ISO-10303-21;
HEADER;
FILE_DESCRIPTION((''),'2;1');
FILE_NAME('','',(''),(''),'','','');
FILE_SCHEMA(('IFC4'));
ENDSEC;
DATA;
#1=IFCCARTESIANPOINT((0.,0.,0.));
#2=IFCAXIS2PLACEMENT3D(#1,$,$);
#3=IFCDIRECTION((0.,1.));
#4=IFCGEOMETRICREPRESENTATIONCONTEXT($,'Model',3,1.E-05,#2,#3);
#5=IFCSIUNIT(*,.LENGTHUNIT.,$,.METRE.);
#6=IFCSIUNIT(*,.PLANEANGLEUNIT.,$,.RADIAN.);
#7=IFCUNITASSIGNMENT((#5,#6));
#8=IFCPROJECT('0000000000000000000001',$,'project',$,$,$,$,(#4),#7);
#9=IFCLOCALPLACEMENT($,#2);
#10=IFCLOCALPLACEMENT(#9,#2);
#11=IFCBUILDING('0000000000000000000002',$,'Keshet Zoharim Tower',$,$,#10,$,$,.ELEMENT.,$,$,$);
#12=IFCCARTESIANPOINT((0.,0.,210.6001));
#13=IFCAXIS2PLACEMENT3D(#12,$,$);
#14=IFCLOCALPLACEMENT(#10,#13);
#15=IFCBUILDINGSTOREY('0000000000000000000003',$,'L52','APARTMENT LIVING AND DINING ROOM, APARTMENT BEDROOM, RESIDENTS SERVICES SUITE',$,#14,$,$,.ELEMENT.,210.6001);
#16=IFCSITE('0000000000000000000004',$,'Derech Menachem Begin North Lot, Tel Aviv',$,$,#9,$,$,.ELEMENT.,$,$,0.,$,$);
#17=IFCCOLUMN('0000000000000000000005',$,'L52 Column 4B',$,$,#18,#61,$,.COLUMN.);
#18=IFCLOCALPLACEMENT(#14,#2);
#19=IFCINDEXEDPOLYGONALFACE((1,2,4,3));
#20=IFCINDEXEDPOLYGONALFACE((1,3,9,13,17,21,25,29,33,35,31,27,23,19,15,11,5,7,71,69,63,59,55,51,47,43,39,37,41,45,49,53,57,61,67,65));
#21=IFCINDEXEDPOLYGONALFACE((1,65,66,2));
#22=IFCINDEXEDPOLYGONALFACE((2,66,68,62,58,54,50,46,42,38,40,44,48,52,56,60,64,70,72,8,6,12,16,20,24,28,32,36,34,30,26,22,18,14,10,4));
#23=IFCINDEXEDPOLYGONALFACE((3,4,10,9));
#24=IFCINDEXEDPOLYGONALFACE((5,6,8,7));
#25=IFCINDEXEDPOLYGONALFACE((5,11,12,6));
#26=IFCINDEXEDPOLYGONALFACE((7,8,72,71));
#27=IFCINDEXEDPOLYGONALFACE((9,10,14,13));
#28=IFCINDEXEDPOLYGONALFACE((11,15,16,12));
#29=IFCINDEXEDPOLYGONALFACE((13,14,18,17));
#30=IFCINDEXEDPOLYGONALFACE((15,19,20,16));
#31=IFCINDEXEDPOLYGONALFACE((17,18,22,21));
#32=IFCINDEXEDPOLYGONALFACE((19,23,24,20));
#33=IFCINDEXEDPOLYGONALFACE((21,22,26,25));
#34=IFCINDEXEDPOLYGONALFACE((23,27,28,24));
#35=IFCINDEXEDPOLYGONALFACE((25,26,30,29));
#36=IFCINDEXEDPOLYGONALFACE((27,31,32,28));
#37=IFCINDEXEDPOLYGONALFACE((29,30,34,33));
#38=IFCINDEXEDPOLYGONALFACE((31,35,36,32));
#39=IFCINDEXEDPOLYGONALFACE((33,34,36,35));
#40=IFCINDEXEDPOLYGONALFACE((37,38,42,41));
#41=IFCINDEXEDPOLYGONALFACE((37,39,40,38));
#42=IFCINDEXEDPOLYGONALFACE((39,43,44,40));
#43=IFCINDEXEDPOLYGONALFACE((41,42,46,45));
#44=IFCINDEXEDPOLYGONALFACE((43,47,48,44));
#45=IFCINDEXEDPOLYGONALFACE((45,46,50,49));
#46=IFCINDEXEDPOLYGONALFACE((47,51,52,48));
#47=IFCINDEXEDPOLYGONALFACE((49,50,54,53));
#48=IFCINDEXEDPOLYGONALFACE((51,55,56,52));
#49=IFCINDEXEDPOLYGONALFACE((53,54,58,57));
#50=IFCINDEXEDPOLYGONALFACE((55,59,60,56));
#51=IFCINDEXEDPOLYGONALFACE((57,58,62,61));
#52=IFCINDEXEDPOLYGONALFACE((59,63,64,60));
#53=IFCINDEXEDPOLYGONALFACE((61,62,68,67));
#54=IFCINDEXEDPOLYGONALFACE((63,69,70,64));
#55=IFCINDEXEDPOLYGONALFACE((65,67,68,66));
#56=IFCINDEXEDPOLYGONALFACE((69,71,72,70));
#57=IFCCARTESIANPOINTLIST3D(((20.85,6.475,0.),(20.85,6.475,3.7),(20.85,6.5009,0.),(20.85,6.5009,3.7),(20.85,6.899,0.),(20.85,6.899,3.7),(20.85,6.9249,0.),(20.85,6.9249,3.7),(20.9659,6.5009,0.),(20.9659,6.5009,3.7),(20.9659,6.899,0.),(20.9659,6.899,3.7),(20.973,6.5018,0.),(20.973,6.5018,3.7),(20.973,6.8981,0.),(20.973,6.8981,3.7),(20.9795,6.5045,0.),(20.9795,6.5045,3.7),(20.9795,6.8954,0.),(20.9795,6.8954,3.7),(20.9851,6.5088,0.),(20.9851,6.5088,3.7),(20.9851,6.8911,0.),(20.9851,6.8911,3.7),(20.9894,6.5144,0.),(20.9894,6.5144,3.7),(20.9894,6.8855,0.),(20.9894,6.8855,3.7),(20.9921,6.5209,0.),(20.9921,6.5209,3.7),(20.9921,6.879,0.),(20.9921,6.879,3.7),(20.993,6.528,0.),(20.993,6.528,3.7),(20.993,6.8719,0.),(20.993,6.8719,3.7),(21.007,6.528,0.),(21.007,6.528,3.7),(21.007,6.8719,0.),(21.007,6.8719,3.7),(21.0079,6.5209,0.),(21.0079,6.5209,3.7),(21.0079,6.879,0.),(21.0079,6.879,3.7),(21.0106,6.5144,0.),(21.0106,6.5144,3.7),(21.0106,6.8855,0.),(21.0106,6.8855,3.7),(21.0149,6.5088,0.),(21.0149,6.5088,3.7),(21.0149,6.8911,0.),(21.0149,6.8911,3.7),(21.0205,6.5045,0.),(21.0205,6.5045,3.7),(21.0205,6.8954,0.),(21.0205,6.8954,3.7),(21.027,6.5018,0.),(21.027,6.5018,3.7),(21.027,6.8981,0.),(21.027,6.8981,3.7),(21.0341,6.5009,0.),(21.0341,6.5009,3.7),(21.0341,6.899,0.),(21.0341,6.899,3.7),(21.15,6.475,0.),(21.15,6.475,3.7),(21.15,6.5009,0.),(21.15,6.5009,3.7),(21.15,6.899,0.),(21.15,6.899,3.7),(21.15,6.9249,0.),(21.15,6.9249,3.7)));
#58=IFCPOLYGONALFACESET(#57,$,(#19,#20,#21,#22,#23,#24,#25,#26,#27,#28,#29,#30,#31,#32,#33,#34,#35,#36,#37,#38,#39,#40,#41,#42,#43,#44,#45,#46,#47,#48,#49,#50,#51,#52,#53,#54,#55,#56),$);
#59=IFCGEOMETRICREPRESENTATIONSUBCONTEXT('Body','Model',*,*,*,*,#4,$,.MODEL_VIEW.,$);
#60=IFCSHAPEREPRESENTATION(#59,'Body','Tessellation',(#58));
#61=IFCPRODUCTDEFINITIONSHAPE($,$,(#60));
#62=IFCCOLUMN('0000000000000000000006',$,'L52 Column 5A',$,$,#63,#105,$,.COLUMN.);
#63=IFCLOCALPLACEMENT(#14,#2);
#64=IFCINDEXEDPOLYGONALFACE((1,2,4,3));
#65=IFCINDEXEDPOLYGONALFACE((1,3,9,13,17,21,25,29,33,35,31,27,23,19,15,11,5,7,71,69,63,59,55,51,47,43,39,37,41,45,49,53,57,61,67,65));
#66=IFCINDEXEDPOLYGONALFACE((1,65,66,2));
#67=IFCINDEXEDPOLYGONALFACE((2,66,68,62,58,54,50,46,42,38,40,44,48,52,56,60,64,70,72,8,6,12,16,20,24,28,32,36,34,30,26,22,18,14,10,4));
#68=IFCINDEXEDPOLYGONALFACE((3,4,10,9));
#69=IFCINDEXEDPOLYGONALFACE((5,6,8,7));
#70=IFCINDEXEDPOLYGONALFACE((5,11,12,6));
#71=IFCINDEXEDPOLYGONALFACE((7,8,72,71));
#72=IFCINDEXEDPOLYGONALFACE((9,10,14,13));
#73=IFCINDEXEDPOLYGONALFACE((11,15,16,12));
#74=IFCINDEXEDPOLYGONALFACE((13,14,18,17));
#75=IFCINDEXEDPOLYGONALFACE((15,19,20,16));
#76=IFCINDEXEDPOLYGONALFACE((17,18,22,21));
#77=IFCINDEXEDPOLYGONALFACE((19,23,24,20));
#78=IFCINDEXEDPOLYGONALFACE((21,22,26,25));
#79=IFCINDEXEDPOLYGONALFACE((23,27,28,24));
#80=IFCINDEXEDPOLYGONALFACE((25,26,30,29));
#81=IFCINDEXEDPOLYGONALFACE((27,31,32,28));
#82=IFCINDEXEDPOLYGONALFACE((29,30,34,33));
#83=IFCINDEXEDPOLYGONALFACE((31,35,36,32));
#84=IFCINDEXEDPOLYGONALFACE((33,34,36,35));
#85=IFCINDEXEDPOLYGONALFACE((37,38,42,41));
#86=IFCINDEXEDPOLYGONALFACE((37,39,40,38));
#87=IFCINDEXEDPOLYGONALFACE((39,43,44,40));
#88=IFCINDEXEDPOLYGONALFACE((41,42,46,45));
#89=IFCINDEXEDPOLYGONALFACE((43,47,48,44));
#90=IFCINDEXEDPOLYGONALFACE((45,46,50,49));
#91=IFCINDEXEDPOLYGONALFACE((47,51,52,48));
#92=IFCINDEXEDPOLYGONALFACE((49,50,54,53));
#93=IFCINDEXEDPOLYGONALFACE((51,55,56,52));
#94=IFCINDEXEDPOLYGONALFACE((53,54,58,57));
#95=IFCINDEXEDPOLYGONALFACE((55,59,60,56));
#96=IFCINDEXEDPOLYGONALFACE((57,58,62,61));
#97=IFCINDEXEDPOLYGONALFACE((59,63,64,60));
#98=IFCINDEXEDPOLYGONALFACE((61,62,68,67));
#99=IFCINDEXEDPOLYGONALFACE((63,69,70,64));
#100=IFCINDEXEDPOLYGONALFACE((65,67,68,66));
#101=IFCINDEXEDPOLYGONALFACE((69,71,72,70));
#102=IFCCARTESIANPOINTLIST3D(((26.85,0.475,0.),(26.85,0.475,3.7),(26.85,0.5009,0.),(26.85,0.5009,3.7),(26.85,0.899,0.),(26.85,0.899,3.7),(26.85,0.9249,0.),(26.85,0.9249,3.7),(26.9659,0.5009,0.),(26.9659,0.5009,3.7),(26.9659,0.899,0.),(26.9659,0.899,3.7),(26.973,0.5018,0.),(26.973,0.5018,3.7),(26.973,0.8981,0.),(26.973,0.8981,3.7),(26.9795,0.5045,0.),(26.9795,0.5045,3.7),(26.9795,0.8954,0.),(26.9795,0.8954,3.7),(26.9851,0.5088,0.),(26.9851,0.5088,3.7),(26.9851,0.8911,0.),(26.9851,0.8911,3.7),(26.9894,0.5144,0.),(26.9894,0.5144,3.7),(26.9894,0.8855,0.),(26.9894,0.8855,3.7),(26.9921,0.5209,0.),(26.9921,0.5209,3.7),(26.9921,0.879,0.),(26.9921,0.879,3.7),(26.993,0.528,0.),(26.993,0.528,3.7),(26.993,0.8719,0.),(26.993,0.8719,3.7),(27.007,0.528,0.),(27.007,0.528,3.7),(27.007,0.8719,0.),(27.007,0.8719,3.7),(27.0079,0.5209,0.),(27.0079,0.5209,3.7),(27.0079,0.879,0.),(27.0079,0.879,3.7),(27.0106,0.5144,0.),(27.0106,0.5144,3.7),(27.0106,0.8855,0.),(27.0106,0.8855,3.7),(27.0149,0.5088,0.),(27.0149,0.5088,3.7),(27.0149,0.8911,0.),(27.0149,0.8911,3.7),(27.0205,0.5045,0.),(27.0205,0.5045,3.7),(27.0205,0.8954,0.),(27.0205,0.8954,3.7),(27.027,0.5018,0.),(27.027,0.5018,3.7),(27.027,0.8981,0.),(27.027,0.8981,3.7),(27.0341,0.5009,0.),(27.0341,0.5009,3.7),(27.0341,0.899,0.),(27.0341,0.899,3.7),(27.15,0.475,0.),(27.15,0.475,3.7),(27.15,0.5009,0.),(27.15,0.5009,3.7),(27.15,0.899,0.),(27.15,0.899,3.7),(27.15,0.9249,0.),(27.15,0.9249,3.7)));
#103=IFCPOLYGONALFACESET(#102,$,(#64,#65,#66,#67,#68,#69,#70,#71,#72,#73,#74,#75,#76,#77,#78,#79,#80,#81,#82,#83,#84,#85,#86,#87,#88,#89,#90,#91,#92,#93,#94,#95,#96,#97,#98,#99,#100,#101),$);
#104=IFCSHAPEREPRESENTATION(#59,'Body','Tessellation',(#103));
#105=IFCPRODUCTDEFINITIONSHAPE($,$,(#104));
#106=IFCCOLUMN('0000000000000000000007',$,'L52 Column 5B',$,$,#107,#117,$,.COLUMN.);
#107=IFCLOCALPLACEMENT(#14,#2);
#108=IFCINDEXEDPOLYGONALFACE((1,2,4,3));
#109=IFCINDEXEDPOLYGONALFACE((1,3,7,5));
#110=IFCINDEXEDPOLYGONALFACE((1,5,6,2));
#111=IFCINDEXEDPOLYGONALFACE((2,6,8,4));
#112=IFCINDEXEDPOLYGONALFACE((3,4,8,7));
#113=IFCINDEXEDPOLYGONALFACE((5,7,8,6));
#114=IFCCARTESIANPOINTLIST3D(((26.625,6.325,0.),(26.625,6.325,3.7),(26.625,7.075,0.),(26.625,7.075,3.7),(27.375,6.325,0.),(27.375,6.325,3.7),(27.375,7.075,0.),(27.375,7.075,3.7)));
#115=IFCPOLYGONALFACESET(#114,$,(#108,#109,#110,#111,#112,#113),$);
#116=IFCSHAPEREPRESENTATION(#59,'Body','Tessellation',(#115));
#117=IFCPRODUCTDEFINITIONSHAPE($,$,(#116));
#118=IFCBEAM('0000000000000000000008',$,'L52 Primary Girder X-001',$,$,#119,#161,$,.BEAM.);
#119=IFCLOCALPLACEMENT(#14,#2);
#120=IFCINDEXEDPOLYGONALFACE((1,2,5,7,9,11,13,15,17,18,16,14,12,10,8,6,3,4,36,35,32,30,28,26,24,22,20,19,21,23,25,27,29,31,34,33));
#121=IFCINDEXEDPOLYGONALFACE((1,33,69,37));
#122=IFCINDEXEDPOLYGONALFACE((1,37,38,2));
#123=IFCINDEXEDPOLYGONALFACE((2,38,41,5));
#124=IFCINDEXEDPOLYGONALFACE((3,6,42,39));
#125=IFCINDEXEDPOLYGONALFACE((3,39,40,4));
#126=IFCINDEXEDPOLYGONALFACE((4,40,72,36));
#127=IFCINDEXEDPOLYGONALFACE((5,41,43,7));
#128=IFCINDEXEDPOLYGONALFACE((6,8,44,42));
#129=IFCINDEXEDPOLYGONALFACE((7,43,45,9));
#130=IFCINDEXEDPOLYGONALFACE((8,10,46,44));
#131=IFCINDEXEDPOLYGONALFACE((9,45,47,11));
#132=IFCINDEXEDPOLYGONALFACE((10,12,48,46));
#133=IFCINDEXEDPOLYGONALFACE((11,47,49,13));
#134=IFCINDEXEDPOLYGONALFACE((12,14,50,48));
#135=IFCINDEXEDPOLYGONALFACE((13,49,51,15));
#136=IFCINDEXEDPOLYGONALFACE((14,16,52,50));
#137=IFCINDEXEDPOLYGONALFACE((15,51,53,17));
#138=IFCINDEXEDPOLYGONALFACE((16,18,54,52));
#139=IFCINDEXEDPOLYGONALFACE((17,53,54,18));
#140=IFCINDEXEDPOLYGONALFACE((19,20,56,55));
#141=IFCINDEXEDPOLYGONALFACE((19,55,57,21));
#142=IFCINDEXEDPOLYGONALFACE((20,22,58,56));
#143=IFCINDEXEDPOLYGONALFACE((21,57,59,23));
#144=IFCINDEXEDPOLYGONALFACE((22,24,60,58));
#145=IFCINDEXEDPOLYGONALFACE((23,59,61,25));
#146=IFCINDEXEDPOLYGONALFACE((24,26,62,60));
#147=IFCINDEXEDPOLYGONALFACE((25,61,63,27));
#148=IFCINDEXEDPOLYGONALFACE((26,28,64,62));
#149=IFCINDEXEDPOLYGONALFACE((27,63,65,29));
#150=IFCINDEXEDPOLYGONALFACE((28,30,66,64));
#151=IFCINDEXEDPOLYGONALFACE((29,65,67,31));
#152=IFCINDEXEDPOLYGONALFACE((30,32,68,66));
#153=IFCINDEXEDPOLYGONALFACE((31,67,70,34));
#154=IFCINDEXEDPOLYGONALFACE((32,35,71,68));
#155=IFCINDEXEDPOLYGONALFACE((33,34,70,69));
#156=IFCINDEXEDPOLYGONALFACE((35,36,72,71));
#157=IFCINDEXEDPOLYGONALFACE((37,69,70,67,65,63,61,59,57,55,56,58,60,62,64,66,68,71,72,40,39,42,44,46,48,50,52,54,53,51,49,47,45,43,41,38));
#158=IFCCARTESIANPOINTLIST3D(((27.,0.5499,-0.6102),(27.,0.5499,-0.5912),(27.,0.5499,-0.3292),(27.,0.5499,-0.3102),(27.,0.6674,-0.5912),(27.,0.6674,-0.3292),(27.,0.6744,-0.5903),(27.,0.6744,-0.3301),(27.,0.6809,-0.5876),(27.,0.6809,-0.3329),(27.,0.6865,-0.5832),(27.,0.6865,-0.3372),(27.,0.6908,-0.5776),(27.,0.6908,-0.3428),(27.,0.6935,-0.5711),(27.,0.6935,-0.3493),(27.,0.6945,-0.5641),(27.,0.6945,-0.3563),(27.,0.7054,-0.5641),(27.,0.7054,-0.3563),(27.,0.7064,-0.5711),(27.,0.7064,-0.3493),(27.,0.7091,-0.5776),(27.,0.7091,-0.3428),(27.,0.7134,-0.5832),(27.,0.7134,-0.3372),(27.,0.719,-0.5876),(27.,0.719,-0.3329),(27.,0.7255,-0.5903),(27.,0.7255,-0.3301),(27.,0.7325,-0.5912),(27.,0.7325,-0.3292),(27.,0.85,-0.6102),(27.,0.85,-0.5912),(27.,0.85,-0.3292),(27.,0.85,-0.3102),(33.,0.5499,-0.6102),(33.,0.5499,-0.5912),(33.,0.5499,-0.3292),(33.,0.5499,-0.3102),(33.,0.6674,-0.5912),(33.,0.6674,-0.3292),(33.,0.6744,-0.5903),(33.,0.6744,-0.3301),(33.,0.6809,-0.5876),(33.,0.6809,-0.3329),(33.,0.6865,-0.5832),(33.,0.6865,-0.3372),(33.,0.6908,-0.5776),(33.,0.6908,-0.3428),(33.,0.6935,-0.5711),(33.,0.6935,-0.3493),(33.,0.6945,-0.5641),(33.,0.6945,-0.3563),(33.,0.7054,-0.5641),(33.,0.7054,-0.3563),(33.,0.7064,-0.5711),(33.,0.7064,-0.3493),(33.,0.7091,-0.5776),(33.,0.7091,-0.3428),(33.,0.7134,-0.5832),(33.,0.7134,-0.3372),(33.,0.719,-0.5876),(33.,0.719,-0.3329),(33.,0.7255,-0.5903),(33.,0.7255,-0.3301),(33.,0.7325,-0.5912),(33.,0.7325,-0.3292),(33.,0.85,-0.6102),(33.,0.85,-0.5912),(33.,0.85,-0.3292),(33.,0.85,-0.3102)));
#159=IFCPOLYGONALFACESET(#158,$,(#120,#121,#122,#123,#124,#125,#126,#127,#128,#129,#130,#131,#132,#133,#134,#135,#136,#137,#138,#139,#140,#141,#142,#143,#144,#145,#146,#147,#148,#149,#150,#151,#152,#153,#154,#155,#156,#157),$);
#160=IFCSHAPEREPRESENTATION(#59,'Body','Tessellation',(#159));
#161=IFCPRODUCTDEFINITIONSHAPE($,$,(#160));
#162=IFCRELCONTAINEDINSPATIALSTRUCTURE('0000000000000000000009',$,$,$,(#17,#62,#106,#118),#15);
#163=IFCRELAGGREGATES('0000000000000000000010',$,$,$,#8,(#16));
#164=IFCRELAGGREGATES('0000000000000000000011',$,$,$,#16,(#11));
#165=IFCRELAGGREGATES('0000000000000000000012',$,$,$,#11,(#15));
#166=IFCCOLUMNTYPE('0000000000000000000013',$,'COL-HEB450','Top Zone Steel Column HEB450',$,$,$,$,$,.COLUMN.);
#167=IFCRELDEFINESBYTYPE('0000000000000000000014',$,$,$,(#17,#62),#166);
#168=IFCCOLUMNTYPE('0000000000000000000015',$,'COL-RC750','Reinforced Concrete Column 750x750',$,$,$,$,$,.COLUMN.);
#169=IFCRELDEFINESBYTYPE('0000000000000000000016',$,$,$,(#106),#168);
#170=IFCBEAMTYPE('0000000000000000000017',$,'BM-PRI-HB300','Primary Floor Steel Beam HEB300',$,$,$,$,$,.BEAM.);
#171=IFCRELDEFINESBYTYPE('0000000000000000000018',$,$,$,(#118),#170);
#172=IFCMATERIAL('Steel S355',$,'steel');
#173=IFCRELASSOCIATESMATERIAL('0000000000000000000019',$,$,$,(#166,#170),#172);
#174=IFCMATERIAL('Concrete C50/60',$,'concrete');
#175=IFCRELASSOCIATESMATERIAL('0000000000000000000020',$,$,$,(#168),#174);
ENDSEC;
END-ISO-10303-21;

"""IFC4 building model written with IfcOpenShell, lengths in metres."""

from ifc_helpers import new_model, si_unit, direction, frame, origin, origin_2d, place, context, subcontext, project, spatial, rectangle, i_section, extrude, material, material_profile, profile_set, type_object, element, save


model = new_model("IFC4")

# Units and contexts
model_context = context("Model", 3, precision=1e-05, world=origin(), true_north=direction((0.0, 1.0)))
body_context = subcontext(model_context, "Body", "Model", "MODEL_VIEW")
ifc_project = project(units=[si_unit("LENGTHUNIT", "METRE"), si_unit("PLANEANGLEUNIT", "RADIAN")], contexts=[model_context])

# Site, building, storey
site_placement = place(None, origin())
site = spatial("IfcSite", under=ifc_project, at=site_placement, Name="Derech Menachem Begin North Lot, Tel Aviv", CompositionType="ELEMENT", RefElevation=0.0)
building_placement = place(site_placement, origin())
building = spatial("IfcBuilding", under=site, at=building_placement, Name="Keshet Zoharim Tower", CompositionType="ELEMENT")
storey_placement = place(building_placement, frame((0.0, 0.0, 210.6001)))
storey = spatial("IfcBuildingStorey", under=building, at=storey_placement, Name="L52", Description="APARTMENT LIVING AND DINING ROOM, APARTMENT BEDROOM, RESIDENTS SERVICES SUITE", CompositionType="ELEMENT", Elevation=210.6001)

# Columns
ifc_material_1 = material(Name="Steel S355", Category="steel")
ifc_material_profile_1 = material_profile(ifc_material_1, i_section(OverallWidth=0.3, OverallDepth=0.45, WebThickness=0.0139, FlangeThickness=0.0259, FilletRadius=0.0271, at=origin_2d()), Name="HEB450")
ifc_profile_set_1 = profile_set([ifc_material_profile_1], Name="Steel S355")
column_type_1 = type_object("IfcColumnType", Name="COL-HEB450", Description="Top Zone Steel Column HEB450", PredefinedType="COLUMN", material=ifc_profile_set_1)
for number, where, z_axis, x_axis, name in (
    (1, (21.0, 6.7, 0.0), (0.0, 0.0, 1.0), (1.0, 0.0, 0.0), "L52 Column 4B"),
    (2, (27.0, 0.7, 0.0), (0.0, 0.0, 1.0), (1.0, 0.0, 0.0), "L52 Column 5A"),
):
    element("IfcColumn", number, at=place(storey_placement, frame(where, z_axis=z_axis, x_axis=x_axis)), inside=storey, type_object=column_type_1, Name=name, PredefinedType="COLUMN", context=body_context, shape_type="SweptSolid", body=[
        extrude(i_section(OverallWidth=0.3, OverallDepth=0.45, WebThickness=0.0139, FlangeThickness=0.0259, FilletRadius=0.0271, at=origin_2d()), origin(), (0.0, 0.0, 1.0), 3.7),
    ])
ifc_material_2 = material(Name="Concrete C50/60", Category="concrete")
ifc_material_profile_2 = material_profile(ifc_material_2, rectangle(XDim=0.75, YDim=0.75, at=origin_2d()), Name="RC750x750")
ifc_profile_set_2 = profile_set([ifc_material_profile_2], Name="Concrete C50/60")
column_type_2 = type_object("IfcColumnType", Name="COL-RC750", Description="Reinforced Concrete Column 750x750", PredefinedType="COLUMN", material=ifc_profile_set_2)
column_placement = place(storey_placement, frame((27.0, 6.7, 0.0), z_axis=(0.0, 0.0, 1.0), x_axis=(1.0, 0.0, 0.0)))
element("IfcColumn", 3, at=column_placement, inside=storey, type_object=column_type_2, Name="L52 Column 5B", PredefinedType="COLUMN", context=body_context, shape_type="SweptSolid", body=[
    extrude(rectangle(XDim=0.75, YDim=0.75, at=origin_2d()), origin(), (0.0, 0.0, 1.0), 3.7),
])

# Beam
ifc_material_profile_3 = material_profile(ifc_material_1, i_section(OverallWidth=0.3, OverallDepth=0.3, WebThickness=0.011, FlangeThickness=0.019, FilletRadius=0.0271, at=origin_2d()), Name="HEB300")
ifc_profile_set_3 = profile_set([ifc_material_profile_3], Name="Steel S355")
beam_type_1 = type_object("IfcBeamType", Name="BM-PRI-HB300", Description="Primary Floor Steel Beam HEB300", PredefinedType="BEAM", material=ifc_profile_set_3)
for number, where, z_axis, x_axis, name in (
    (4, (27.0, 0.7, -0.4602), (1.0, 0.0, 0.0), (0.0, 1.0, 0.0), "L52 Primary Girder X-001"),
):
    element("IfcBeam", number, at=place(storey_placement, frame(where, z_axis=z_axis, x_axis=x_axis)), inside=storey, type_object=beam_type_1, Name=name, PredefinedType="BEAM", context=body_context, shape_type="SweptSolid", body=[
        extrude(i_section(OverallWidth=0.3, OverallDepth=0.3, WebThickness=0.011, FlangeThickness=0.019, FilletRadius=0.0271, at=origin_2d()), origin(), (0.0, 0.0, 1.0), 6.0),
    ])

save(model, "model.ifc")
